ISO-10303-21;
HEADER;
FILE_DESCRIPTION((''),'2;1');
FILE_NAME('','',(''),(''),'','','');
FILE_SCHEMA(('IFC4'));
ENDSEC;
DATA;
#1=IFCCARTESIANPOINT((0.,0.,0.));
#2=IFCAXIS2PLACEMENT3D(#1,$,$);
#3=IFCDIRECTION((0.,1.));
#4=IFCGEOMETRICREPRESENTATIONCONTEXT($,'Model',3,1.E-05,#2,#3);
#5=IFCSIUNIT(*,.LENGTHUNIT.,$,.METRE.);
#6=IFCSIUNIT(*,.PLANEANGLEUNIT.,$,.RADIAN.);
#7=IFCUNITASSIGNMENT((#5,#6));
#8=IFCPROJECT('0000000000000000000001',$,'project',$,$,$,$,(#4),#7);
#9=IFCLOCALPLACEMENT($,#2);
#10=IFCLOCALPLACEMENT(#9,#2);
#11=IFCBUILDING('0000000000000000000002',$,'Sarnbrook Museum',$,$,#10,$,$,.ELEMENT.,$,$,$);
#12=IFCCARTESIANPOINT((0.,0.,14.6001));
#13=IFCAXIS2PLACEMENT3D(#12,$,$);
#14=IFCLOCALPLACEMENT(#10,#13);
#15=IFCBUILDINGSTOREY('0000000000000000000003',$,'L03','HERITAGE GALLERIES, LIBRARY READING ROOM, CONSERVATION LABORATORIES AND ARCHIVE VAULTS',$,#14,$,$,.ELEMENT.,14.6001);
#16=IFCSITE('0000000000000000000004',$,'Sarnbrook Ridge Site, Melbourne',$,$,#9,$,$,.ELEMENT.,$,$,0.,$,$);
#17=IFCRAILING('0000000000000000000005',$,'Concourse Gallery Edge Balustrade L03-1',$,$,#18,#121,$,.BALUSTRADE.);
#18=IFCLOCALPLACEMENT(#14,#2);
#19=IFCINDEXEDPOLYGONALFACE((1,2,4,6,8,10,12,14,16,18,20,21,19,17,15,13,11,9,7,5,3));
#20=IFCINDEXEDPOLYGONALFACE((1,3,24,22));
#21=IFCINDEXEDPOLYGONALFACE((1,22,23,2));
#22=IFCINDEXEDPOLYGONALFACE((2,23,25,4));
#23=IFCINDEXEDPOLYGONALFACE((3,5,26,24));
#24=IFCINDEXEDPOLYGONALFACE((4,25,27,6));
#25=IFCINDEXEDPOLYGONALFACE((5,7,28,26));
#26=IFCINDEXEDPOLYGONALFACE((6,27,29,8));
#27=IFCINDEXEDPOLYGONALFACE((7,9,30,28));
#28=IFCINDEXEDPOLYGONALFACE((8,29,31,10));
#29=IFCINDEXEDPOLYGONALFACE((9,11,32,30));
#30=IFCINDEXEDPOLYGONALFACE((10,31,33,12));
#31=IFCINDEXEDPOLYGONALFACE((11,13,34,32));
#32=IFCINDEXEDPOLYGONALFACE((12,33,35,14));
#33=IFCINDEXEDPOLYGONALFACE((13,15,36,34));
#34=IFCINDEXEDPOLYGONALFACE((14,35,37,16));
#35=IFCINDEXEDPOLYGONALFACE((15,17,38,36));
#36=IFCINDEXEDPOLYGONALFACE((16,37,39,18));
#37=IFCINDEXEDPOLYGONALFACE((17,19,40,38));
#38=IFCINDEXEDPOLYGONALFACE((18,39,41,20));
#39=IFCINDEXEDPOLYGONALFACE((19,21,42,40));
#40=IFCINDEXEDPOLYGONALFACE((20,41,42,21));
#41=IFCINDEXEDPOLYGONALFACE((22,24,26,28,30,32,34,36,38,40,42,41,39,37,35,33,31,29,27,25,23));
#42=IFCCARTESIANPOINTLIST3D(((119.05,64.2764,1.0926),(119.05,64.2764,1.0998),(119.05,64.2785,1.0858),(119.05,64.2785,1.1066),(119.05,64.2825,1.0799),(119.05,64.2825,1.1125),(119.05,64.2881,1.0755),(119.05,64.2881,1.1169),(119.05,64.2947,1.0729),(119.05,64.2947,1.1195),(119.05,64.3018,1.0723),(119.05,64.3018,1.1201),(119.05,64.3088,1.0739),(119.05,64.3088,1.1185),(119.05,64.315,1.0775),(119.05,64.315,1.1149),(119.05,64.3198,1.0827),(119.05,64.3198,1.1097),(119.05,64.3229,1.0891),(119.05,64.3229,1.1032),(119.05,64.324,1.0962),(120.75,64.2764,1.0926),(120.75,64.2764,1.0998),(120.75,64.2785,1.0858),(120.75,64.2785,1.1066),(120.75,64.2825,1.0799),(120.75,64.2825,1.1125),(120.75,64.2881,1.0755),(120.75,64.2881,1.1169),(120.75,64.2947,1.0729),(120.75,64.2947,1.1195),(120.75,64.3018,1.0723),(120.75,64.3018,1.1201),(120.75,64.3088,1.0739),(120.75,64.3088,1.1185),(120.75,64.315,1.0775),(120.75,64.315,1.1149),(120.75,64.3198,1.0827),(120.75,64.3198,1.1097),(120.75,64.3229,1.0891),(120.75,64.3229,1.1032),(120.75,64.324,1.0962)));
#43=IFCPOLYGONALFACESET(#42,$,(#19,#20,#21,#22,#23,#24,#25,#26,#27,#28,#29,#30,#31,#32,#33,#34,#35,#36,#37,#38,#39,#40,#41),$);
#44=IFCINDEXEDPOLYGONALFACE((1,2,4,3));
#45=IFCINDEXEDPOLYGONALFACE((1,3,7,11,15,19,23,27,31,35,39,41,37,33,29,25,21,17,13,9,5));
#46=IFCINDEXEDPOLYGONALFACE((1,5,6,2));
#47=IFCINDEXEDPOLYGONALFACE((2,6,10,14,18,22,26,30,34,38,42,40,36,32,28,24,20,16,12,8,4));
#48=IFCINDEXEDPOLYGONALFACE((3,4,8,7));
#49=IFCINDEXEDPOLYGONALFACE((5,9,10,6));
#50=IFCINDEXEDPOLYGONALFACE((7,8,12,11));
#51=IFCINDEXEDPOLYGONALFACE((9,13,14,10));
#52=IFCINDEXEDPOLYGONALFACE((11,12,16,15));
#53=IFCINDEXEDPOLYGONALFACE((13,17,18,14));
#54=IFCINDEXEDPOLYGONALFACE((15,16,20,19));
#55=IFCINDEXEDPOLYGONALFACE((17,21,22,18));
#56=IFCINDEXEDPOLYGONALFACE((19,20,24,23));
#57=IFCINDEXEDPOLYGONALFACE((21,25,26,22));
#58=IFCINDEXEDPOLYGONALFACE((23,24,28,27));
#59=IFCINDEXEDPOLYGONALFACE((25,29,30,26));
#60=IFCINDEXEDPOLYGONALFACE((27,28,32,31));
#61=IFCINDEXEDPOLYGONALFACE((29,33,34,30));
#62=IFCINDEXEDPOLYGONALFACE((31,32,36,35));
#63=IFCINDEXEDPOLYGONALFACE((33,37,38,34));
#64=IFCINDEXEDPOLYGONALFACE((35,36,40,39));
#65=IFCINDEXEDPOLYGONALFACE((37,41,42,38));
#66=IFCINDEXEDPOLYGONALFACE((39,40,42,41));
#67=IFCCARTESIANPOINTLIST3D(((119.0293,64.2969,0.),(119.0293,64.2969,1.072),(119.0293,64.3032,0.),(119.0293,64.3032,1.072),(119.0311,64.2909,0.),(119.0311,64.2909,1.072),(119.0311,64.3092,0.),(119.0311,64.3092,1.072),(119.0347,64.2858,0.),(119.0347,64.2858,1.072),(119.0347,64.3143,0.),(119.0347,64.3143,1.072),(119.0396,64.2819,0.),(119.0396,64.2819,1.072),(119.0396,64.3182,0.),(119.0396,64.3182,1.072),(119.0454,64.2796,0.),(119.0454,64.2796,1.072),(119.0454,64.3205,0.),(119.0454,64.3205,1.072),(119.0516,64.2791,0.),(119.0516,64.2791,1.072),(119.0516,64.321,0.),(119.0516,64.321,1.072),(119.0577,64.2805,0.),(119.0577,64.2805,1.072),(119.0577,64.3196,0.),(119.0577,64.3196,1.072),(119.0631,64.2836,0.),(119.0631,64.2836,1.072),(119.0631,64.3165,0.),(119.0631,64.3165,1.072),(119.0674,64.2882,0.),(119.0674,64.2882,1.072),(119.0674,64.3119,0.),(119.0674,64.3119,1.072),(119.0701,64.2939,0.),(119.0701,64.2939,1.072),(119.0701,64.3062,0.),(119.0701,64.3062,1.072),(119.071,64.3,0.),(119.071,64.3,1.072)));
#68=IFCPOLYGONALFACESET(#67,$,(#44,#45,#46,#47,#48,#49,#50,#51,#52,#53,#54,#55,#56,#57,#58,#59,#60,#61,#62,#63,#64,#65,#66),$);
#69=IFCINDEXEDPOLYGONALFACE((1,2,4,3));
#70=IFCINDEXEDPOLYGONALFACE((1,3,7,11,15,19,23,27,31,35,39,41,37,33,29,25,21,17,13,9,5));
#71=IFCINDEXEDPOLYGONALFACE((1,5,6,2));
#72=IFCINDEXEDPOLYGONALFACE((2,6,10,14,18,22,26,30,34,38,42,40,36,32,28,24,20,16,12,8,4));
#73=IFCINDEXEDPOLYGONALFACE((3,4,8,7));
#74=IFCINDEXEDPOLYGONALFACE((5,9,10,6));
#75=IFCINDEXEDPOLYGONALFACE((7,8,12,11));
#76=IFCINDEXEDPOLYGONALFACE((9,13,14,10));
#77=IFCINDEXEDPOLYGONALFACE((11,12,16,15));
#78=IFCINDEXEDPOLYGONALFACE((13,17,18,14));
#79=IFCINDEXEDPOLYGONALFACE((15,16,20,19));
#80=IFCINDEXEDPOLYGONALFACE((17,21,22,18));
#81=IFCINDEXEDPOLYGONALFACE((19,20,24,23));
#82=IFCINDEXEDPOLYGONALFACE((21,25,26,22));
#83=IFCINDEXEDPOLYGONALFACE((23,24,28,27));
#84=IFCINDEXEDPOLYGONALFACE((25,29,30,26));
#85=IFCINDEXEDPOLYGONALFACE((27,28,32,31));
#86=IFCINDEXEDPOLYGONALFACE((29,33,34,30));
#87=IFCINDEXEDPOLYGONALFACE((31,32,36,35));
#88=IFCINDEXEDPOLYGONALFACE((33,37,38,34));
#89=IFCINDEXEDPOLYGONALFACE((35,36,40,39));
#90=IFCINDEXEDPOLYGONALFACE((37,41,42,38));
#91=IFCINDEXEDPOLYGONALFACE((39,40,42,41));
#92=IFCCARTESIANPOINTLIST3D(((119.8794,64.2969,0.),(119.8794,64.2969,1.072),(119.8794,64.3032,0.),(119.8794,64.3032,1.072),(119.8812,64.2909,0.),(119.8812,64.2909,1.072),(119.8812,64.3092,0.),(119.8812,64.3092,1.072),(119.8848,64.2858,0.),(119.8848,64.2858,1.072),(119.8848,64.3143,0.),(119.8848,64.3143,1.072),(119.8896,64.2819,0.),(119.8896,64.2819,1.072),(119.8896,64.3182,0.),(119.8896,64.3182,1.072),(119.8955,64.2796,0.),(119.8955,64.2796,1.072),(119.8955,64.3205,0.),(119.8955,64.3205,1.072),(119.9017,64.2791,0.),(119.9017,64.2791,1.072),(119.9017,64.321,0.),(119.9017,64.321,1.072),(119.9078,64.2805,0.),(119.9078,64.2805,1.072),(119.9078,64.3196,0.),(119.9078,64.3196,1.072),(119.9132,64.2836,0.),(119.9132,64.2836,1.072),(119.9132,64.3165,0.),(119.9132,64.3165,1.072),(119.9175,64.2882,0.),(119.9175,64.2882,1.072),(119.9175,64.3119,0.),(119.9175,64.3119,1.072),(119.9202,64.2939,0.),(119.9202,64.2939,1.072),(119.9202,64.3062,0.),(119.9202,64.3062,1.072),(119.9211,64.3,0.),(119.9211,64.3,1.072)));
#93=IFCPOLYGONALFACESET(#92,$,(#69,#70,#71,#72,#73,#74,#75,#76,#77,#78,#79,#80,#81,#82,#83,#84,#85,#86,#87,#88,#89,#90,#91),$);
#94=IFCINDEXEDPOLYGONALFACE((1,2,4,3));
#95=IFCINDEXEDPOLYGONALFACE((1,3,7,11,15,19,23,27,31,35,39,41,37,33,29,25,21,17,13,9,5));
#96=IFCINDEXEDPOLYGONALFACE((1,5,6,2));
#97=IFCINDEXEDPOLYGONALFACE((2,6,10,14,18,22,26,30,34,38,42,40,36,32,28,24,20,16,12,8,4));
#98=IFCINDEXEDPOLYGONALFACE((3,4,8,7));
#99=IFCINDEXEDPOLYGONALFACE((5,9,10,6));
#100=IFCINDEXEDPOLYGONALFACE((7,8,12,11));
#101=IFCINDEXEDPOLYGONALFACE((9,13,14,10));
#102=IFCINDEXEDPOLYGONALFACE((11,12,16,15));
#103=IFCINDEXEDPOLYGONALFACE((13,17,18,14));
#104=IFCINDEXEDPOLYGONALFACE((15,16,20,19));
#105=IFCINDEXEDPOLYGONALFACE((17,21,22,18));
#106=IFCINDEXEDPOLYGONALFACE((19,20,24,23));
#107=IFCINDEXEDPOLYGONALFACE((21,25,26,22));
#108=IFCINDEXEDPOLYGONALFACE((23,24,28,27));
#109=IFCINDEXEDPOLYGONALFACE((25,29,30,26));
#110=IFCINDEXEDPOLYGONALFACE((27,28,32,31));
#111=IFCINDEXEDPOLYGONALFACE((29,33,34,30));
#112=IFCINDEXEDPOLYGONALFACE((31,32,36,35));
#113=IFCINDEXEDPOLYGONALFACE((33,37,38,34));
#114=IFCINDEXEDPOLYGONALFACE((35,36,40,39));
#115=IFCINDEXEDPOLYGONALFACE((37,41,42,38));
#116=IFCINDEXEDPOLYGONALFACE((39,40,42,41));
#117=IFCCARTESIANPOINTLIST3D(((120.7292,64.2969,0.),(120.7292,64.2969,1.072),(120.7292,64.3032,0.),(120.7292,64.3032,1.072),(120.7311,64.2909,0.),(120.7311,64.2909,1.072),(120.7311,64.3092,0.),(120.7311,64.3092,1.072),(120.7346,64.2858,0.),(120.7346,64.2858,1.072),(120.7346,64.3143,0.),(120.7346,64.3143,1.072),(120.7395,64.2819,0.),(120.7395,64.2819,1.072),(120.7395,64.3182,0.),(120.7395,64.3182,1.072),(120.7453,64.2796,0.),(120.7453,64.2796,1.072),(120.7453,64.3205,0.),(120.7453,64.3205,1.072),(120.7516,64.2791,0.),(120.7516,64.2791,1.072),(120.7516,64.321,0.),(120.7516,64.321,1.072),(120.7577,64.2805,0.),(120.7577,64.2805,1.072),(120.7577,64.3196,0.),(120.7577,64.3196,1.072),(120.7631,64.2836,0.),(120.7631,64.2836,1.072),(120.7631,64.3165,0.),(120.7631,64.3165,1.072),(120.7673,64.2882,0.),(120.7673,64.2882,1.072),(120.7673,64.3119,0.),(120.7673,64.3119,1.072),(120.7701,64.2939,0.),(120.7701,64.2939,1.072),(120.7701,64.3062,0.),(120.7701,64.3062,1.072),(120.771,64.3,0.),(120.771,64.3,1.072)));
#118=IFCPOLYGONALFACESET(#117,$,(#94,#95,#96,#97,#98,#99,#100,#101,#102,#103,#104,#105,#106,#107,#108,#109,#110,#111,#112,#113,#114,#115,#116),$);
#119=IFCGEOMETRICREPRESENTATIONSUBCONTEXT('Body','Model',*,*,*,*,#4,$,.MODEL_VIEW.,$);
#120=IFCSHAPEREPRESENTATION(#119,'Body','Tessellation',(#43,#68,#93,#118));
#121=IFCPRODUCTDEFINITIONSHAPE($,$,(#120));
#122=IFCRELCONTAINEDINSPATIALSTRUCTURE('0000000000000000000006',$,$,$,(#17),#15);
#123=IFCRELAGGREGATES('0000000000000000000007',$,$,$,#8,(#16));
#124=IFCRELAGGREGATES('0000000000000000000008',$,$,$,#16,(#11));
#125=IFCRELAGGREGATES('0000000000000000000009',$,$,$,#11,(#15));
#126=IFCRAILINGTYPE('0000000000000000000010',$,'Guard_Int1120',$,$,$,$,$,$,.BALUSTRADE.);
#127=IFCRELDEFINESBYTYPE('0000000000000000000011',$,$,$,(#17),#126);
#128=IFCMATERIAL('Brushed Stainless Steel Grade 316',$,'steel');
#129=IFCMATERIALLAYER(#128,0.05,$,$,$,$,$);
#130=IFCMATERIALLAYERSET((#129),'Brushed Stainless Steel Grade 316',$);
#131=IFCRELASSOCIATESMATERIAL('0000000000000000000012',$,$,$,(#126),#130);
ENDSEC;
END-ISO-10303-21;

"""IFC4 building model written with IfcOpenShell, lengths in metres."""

from ifc_helpers import new_model, si_unit, direction, frame, origin, origin_2d, place, context, subcontext, project, spatial, circle, extrude, material, layer, layer_set, type_object, element, save


model = new_model("IFC4")

# Units and contexts
model_context = context("Model", 3, precision=1e-05, world=origin(), true_north=direction((0.0, 1.0)))
body_context = subcontext(model_context, "Body", "Model", "MODEL_VIEW")
ifc_project = project(units=[si_unit("LENGTHUNIT", "METRE"), si_unit("PLANEANGLEUNIT", "RADIAN")], contexts=[model_context])

# Site, building, storey
site_placement = place(None, origin())
site = spatial("IfcSite", under=ifc_project, at=site_placement, Name="Sarnbrook Ridge Site, Melbourne", CompositionType="ELEMENT", RefElevation=0.0)
building_placement = place(site_placement, origin())
building = spatial("IfcBuilding", under=site, at=building_placement, Name="Sarnbrook Museum", CompositionType="ELEMENT")
storey_placement = place(building_placement, frame((0.0, 0.0, 14.6001)))
storey = spatial("IfcBuildingStorey", under=building, at=storey_placement, Name="L03", Description="HERITAGE GALLERIES, LIBRARY READING ROOM, CONSERVATION LABORATORIES AND ARCHIVE VAULTS", CompositionType="ELEMENT", Elevation=14.6001)

# Railing
ifc_material_1 = material(Name="Brushed Stainless Steel Grade 316", Category="steel")
ifc_layer_1 = layer(ifc_material_1, 0.05)
ifc_layer_set_1 = layer_set([ifc_layer_1], Name="Brushed Stainless Steel Grade 316")
railing_type_1 = type_object("IfcRailingType", Name="Guard_Int1120", PredefinedType="BALUSTRADE", material=ifc_layer_set_1)
railing_1_placement = place(storey_placement, frame((119.05, 64.3, 0.0)))
element("IfcRailing", 1, at=railing_1_placement, inside=storey, type_object=railing_type_1, Name="Concourse Gallery Edge Balustrade L03-1", PredefinedType="BALUSTRADE", context=body_context, shape_type="SweptSolid", body=[
    extrude(circle(Radius=0.0239, at=origin_2d()), frame((0.0, 0.0, 1.0962), z_axis=(1.0, 0.0, 0.0), x_axis=(0.0, 1.0, 0.0)), (0.0, 0.0, 1.0), 1.7),
    extrude(circle(Radius=0.021, at=origin_2d()), origin(), (0.0, 0.0, 1.0), 1.072),
    extrude(circle(Radius=0.021, at=origin_2d()), frame((0.8501, 0.0, 0.0)), (0.0, 0.0, 1.0), 1.072),
    extrude(circle(Radius=0.021, at=origin_2d()), frame((1.7, 0.0, 0.0)), (0.0, 0.0, 1.0), 1.072),
])

save(model, "model.ifc")
